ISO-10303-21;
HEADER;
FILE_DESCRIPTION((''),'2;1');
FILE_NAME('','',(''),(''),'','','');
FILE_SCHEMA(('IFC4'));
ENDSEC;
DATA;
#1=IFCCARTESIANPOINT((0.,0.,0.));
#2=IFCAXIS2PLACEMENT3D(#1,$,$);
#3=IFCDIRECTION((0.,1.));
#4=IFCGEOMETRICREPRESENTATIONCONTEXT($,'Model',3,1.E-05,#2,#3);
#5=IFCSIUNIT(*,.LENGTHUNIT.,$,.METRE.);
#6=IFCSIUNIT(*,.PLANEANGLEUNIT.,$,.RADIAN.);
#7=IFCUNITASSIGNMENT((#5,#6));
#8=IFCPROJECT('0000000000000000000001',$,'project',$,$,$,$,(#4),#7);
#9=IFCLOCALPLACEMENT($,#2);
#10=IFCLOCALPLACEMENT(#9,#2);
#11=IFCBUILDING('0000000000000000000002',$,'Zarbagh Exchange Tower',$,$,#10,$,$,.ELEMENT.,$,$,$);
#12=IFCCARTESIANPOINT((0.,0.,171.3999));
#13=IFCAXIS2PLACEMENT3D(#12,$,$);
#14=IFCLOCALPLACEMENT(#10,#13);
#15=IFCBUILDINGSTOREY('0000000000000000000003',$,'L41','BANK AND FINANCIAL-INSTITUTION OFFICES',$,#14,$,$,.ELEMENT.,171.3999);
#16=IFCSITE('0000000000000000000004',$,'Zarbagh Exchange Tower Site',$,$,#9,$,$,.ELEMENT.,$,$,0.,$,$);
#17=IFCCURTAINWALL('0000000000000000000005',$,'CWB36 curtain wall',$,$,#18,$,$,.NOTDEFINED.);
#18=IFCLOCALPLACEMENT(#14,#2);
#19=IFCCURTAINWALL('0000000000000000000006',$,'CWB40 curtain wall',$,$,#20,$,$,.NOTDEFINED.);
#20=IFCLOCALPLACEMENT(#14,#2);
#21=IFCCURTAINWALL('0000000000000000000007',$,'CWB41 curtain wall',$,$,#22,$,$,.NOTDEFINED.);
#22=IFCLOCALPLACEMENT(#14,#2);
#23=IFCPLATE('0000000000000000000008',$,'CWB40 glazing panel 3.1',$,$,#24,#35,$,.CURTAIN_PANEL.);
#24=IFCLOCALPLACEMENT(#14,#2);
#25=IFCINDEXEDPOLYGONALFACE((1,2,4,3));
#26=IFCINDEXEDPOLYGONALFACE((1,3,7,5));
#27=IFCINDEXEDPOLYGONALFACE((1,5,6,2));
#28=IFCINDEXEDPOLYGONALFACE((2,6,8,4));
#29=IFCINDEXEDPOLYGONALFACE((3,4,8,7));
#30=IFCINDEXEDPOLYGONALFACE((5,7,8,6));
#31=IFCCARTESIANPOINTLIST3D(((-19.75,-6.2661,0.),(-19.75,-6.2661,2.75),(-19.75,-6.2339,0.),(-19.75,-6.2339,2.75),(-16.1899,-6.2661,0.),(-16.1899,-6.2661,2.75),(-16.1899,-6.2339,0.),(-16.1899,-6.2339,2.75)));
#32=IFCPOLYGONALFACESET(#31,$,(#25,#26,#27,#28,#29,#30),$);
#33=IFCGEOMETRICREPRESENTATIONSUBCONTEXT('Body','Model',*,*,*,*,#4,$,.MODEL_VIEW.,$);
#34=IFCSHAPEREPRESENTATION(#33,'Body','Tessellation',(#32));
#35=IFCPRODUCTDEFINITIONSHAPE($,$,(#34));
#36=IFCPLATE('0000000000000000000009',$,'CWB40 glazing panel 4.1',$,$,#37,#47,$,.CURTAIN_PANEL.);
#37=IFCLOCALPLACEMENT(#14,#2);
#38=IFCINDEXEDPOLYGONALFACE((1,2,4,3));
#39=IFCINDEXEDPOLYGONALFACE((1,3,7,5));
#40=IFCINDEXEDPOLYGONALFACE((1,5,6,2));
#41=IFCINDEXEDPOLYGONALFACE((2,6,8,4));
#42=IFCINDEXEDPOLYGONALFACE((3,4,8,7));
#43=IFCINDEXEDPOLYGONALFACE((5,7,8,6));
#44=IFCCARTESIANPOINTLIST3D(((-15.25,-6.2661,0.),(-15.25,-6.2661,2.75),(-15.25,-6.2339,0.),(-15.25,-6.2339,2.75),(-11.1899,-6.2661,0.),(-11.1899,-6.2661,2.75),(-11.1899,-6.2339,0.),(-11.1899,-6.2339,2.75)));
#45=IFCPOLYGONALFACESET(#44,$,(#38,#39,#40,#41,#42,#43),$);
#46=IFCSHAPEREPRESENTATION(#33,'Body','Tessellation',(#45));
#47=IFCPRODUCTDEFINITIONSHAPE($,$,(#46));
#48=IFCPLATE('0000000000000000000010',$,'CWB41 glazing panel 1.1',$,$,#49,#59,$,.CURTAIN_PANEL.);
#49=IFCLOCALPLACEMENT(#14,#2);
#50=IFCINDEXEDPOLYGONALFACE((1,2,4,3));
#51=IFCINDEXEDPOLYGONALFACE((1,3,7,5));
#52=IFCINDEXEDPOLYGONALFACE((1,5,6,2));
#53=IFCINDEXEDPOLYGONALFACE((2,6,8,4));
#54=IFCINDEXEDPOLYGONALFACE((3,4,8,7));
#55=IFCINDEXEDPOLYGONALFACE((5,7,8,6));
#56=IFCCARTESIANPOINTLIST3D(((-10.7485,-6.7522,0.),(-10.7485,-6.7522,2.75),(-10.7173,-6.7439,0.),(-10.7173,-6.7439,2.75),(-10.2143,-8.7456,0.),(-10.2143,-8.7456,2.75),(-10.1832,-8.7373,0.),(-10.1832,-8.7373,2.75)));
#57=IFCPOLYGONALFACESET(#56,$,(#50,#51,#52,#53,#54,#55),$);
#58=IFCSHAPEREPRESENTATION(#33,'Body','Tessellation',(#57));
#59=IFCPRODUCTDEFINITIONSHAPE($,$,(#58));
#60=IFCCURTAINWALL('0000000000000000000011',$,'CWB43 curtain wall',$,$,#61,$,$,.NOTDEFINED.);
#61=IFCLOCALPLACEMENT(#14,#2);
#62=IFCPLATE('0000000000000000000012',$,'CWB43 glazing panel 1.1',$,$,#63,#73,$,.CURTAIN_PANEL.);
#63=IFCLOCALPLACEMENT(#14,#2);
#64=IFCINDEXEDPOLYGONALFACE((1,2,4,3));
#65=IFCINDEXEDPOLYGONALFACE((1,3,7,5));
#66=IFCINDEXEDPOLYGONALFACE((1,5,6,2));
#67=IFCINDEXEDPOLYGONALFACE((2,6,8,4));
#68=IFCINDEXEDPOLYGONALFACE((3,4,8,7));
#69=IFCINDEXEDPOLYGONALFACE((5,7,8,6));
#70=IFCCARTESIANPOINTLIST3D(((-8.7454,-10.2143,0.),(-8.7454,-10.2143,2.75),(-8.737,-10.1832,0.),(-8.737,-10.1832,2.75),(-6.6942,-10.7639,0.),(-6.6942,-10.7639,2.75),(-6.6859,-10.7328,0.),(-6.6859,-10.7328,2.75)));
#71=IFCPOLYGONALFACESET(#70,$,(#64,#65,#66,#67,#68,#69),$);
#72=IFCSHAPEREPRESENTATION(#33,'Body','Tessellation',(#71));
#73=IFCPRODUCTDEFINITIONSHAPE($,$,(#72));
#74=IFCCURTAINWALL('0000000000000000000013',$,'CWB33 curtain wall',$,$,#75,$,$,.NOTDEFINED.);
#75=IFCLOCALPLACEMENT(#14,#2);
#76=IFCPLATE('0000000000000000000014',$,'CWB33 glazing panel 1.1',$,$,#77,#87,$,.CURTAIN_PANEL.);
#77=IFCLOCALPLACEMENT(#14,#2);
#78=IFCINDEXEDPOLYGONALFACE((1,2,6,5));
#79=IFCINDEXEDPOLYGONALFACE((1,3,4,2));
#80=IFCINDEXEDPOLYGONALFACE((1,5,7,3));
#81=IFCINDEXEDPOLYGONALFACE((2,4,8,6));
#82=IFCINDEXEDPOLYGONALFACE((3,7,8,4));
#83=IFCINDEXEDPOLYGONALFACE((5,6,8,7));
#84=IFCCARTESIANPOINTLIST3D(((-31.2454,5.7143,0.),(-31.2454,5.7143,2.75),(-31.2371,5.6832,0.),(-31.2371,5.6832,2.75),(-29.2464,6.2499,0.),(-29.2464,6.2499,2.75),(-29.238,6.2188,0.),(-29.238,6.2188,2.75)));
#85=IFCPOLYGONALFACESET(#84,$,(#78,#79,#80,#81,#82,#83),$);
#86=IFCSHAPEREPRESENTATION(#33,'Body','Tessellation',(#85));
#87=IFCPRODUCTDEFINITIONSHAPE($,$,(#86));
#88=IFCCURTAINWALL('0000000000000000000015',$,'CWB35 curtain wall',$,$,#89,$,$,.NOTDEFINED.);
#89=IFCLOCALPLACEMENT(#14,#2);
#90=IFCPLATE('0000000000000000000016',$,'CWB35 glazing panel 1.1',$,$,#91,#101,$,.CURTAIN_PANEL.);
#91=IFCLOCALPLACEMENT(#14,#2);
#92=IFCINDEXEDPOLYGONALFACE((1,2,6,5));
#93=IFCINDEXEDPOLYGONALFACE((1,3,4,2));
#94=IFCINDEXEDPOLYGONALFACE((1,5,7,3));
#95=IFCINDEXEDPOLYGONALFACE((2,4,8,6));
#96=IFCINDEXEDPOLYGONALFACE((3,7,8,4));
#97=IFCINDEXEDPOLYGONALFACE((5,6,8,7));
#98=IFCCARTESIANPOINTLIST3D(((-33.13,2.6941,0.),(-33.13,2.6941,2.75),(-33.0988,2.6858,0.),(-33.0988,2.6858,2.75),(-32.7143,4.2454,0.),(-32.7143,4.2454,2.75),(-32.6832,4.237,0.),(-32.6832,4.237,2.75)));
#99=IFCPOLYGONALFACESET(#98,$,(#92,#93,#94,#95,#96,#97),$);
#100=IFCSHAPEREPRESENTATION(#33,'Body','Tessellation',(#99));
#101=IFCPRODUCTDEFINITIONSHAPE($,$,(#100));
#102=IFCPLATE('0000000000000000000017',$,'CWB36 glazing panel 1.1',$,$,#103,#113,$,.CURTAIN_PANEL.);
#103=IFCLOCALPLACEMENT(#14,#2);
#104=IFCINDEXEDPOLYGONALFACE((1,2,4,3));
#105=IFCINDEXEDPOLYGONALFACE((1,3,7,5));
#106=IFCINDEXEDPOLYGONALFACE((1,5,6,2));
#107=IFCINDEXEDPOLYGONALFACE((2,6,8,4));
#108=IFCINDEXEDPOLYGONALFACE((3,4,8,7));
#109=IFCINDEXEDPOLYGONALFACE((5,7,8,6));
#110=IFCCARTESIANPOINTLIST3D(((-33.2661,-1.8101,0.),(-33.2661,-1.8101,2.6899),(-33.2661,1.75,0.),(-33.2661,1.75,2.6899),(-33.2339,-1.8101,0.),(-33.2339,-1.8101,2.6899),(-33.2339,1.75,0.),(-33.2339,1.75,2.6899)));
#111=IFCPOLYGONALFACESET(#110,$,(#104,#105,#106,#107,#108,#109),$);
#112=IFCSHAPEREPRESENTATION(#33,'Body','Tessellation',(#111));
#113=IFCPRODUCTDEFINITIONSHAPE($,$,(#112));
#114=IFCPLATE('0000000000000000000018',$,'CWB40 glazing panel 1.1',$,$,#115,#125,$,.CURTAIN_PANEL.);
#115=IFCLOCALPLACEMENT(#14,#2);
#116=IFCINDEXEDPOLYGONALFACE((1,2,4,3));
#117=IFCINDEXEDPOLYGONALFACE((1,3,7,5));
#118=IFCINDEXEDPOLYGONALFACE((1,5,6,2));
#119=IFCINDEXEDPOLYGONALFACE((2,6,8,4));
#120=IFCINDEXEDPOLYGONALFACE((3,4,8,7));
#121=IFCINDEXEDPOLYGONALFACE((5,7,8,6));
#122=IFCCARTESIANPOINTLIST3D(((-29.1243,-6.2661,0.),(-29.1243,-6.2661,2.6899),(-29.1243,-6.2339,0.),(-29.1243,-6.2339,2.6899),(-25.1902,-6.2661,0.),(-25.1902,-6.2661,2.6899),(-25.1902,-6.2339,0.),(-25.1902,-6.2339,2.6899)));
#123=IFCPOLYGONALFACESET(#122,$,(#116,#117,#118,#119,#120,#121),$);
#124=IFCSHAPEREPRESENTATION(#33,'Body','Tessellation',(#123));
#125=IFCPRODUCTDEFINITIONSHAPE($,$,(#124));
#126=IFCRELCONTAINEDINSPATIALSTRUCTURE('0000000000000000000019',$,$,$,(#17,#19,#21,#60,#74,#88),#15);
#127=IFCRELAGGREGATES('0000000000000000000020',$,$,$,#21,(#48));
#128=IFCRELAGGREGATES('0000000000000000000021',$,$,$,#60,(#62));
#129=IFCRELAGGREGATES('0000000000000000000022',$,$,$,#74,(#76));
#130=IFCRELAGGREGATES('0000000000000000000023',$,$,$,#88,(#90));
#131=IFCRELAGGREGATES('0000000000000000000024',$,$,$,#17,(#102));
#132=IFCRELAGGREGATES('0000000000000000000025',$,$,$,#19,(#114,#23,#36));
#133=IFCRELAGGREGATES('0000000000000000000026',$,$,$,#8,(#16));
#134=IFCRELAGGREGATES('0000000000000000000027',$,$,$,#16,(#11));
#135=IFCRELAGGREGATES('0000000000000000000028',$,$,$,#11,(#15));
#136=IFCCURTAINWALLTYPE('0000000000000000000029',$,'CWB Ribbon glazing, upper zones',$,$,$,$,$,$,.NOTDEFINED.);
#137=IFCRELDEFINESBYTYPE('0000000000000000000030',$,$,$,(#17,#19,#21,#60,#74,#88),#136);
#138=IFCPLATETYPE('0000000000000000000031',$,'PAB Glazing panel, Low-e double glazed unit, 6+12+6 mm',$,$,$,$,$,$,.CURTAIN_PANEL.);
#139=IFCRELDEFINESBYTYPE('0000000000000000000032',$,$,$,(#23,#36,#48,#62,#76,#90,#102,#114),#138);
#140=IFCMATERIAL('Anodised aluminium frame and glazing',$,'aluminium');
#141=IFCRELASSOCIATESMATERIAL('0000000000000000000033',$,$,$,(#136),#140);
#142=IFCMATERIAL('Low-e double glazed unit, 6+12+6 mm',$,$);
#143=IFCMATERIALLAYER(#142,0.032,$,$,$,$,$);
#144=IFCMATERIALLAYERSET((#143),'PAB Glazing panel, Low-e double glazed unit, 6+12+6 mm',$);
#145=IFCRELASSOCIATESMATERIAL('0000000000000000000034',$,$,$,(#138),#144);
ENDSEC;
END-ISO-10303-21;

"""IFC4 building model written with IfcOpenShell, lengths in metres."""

from ifc_helpers import new_model, si_unit, direction, frame, origin, place, context, subcontext, project, spatial, polyline, outline, extrude, source, transform, mapped, material, layer, layer_set, type_object, element, aggregate, save


model = new_model("IFC4")

# Units and contexts
model_context = context("Model", 3, precision=1e-05, world=origin(), true_north=direction((0.0, 1.0)))
body_context = subcontext(model_context, "Body", "Model", "MODEL_VIEW")
ifc_project = project(units=[si_unit("LENGTHUNIT", "METRE"), si_unit("PLANEANGLEUNIT", "RADIAN")], contexts=[model_context])

# Site, building, storey
site_placement = place(None, origin())
site = spatial("IfcSite", under=ifc_project, at=site_placement, Name="Zarbagh Exchange Tower Site", CompositionType="ELEMENT", RefElevation=0.0)
building_placement = place(site_placement, origin())
building = spatial("IfcBuilding", under=site, at=building_placement, Name="Zarbagh Exchange Tower", CompositionType="ELEMENT")
storey_placement = place(building_placement, frame((0.0, 0.0, 171.3999)))
storey = spatial("IfcBuildingStorey", under=building, at=storey_placement, Name="L41", Description="BANK AND FINANCIAL-INSTITUTION OFFICES", CompositionType="ELEMENT", Elevation=171.3999)

# Curtain wall
ifc_material_1 = material(Name="Anodised aluminium frame and glazing", Category="aluminium")
curtain_wall_type = type_object("IfcCurtainWallType", Name="CWB Ribbon glazing, upper zones", PredefinedType="NOTDEFINED", material=ifc_material_1)
curtain_wall_1_placement = place(storey_placement, origin())
curtain_wall_1 = element("IfcCurtainWall", 1, at=curtain_wall_1_placement, inside=storey, type_object=curtain_wall_type, Name="CWB36 curtain wall", PredefinedType="NOTDEFINED")
placement = place(storey_placement, origin())

# Curtain wall
curtain_wall_2_placement = place(storey_placement, origin())
curtain_wall_2 = element("IfcCurtainWall", 2, at=curtain_wall_2_placement, inside=storey, type_object=curtain_wall_type, Name="CWB40 curtain wall", PredefinedType="NOTDEFINED")

# Curtain wall
curtain_wall_3_placement = place(storey_placement, origin())
curtain_wall_3 = element("IfcCurtainWall", 3, at=curtain_wall_3_placement, inside=storey, type_object=curtain_wall_type, Name="CWB41 curtain wall", PredefinedType="NOTDEFINED")

# Shared definitions
ifc_material_2 = material(Name="Low-e double glazed unit, 6+12+6 mm")
ifc_layer = layer(ifc_material_2, 0.032)
ifc_layer_set = layer_set([ifc_layer], Name="PAB Glazing panel, Low-e double glazed unit, 6+12+6 mm")
plate_type = type_object("IfcPlateType", Name="PAB Glazing panel, Low-e double glazed unit, 6+12+6 mm", PredefinedType="CURTAIN_PANEL", material=ifc_layer_set)

# Plates
shared_shape_1 = source(origin(), body_context, "Body", "SweptSolid", [
    extrude(outline(polyline([(0.0, -0.0161), (3.5601, -0.0161), (3.5601, 0.0161), (0.0, 0.0161), (0.0, -0.0161)])), origin(), (0.0, 0.0, 1.0), 2.75),
])
plate_1 = element("IfcPlate", 4, at=placement, type_object=plate_type, Name="CWB40 glazing panel 3.1", PredefinedType="CURTAIN_PANEL", context=body_context, shape_type="MappedRepresentation", body=[
    mapped(shared_shape_1, transform((-19.75, -6.25, 0.0), x_axis=(1.0, 0.0, 0.0), y_axis=(0.0, 1.0, 0.0), z_axis=(0.0, 0.0, 1.0))),
])
shared_shape_2 = source(origin(), body_context, "Body", "SweptSolid", [
    extrude(outline(polyline([(0.0, -0.0161), (4.0601, -0.0161), (4.0601, 0.0161), (0.0, 0.0161), (0.0, -0.0161)])), origin(), (0.0, 0.0, 1.0), 2.75),
])
plate_2 = element("IfcPlate", 5, at=placement, type_object=plate_type, Name="CWB40 glazing panel 4.1", PredefinedType="CURTAIN_PANEL", context=body_context, shape_type="MappedRepresentation", body=[
    mapped(shared_shape_2, transform((-15.25, -6.25, 0.0), x_axis=(1.0, 0.0, 0.0), y_axis=(0.0, 1.0, 0.0), z_axis=(0.0, 0.0, 1.0))),
])
shared_shape_3 = source(origin(), body_context, "Body", "SweptSolid", [
    extrude(outline(polyline([(0.0, -0.0161), (2.0637, -0.0161), (2.0637, 0.0161), (0.0, 0.0161), (0.0, -0.0161)])), origin(), (0.0, 0.0, 1.0), 2.75),
])
plate_3 = element("IfcPlate", 6, at=placement, type_object=plate_type, Name="CWB41 glazing panel 1.1", PredefinedType="CURTAIN_PANEL", context=body_context, shape_type="MappedRepresentation", body=[
    mapped(shared_shape_3, transform((-10.7329, -6.748, 0.0), x_axis=(0.258825, -0.965924, 0.0), y_axis=(0.965924, 0.258825, 0.0), z_axis=(0.0, 0.0, 1.0))),
])
aggregate(curtain_wall_3, [plate_3])

# Curtain walls, plates
curtain_wall_4_placement = place(storey_placement, origin())
curtain_wall_4 = element("IfcCurtainWall", 7, at=curtain_wall_4_placement, inside=storey, type_object=curtain_wall_type, Name="CWB43 curtain wall", PredefinedType="NOTDEFINED")
shared_shape_4 = source(origin(), body_context, "Body", "SweptSolid", [
    extrude(outline(polyline([(0.0, -0.0161), (2.1235, -0.0161), (2.1235, 0.0161), (0.0, 0.0161), (0.0, -0.0161)])), origin(), (0.0, 0.0, 1.0), 2.75),
])
plate_4 = element("IfcPlate", 8, at=placement, type_object=plate_type, Name="CWB43 glazing panel 1.1", PredefinedType="CURTAIN_PANEL", context=body_context, shape_type="MappedRepresentation", body=[
    mapped(shared_shape_4, transform((-8.7412, -10.1987, 0.0), x_axis=(0.965924, -0.258825, 0.0), y_axis=(0.258825, 0.965924, 0.0), z_axis=(0.0, 0.0, 1.0))),
])
aggregate(curtain_wall_4, [plate_4])
curtain_wall_5_placement = place(storey_placement, origin())
curtain_wall_5 = element("IfcCurtainWall", 9, at=curtain_wall_5_placement, inside=storey, type_object=curtain_wall_type, Name="CWB33 curtain wall", PredefinedType="NOTDEFINED")
shared_shape_5 = source(origin(), body_context, "Body", "SweptSolid", [
    extrude(outline(polyline([(0.0, -0.0161), (2.0696, -0.0161), (2.0696, 0.0161), (0.0, 0.0161), (0.0, -0.0161)])), origin(), (0.0, 0.0, 1.0), 2.75),
])
plate_5 = element("IfcPlate", 10, at=placement, type_object=plate_type, Name="CWB33 glazing panel 1.1", PredefinedType="CURTAIN_PANEL", context=body_context, shape_type="MappedRepresentation", body=[
    mapped(shared_shape_5, transform((-29.2422, 6.2344, 0.0), x_axis=(-0.965924, -0.258825, 0.0), y_axis=(0.258825, -0.965924, 0.0), z_axis=(0.0, 0.0, 1.0))),
])
aggregate(curtain_wall_5, [plate_5])
curtain_wall_6_placement = place(storey_placement, origin())
curtain_wall_6 = element("IfcCurtainWall", 11, at=curtain_wall_6_placement, inside=storey, type_object=curtain_wall_type, Name="CWB35 curtain wall", PredefinedType="NOTDEFINED")
shared_shape_6 = source(origin(), body_context, "Body", "SweptSolid", [
    extrude(outline(polyline([(0.0, -0.0161), (1.606, -0.0161), (1.606, 0.0161), (0.0, 0.0161), (0.0, -0.0161)])), origin(), (0.0, 0.0, 1.0), 2.75),
])
plate_6 = element("IfcPlate", 12, at=placement, type_object=plate_type, Name="CWB35 glazing panel 1.1", PredefinedType="CURTAIN_PANEL", context=body_context, shape_type="MappedRepresentation", body=[
    mapped(shared_shape_6, transform((-32.6987, 4.2412, 0.0), x_axis=(-0.258825, -0.965924, 0.0), y_axis=(0.965924, -0.258825, 0.0), z_axis=(0.0, 0.0, 1.0))),
])
aggregate(curtain_wall_6, [plate_6])

# Plates
shared_shape_7 = source(origin(), body_context, "Body", "SweptSolid", [
    extrude(outline(polyline([(0.0, -0.0161), (3.5601, -0.0161), (3.5601, 0.0161), (0.0, 0.0161), (0.0, -0.0161)])), origin(), (0.0, 0.0, 1.0), 2.6899),
])
plate_7 = element("IfcPlate", 13, at=placement, type_object=plate_type, Name="CWB36 glazing panel 1.1", PredefinedType="CURTAIN_PANEL", context=body_context, shape_type="MappedRepresentation", body=[
    mapped(shared_shape_7, transform((-33.25, 1.75, 0.0), x_axis=(0.0, -1.0, 0.0), y_axis=(1.0, 0.0, 0.0), z_axis=(0.0, 0.0, 1.0))),
])
aggregate(curtain_wall_1, [plate_7])
shared_shape_8 = source(origin(), body_context, "Body", "SweptSolid", [
    extrude(outline(polyline([(0.0, -0.0161), (3.9341, -0.0161), (3.9341, 0.0161), (0.0, 0.0161), (0.0, -0.0161)])), origin(), (0.0, 0.0, 1.0), 2.6899),
])
plate_8 = element("IfcPlate", 14, at=placement, type_object=plate_type, Name="CWB40 glazing panel 1.1", PredefinedType="CURTAIN_PANEL", context=body_context, shape_type="MappedRepresentation", body=[
    mapped(shared_shape_8, transform((-29.1243, -6.25, 0.0), x_axis=(1.0, 0.0, 0.0), y_axis=(0.0, 1.0, 0.0), z_axis=(0.0, 0.0, 1.0))),
])
aggregate(curtain_wall_2, [plate_8, plate_1, plate_2])

save(model, "model.ifc")
